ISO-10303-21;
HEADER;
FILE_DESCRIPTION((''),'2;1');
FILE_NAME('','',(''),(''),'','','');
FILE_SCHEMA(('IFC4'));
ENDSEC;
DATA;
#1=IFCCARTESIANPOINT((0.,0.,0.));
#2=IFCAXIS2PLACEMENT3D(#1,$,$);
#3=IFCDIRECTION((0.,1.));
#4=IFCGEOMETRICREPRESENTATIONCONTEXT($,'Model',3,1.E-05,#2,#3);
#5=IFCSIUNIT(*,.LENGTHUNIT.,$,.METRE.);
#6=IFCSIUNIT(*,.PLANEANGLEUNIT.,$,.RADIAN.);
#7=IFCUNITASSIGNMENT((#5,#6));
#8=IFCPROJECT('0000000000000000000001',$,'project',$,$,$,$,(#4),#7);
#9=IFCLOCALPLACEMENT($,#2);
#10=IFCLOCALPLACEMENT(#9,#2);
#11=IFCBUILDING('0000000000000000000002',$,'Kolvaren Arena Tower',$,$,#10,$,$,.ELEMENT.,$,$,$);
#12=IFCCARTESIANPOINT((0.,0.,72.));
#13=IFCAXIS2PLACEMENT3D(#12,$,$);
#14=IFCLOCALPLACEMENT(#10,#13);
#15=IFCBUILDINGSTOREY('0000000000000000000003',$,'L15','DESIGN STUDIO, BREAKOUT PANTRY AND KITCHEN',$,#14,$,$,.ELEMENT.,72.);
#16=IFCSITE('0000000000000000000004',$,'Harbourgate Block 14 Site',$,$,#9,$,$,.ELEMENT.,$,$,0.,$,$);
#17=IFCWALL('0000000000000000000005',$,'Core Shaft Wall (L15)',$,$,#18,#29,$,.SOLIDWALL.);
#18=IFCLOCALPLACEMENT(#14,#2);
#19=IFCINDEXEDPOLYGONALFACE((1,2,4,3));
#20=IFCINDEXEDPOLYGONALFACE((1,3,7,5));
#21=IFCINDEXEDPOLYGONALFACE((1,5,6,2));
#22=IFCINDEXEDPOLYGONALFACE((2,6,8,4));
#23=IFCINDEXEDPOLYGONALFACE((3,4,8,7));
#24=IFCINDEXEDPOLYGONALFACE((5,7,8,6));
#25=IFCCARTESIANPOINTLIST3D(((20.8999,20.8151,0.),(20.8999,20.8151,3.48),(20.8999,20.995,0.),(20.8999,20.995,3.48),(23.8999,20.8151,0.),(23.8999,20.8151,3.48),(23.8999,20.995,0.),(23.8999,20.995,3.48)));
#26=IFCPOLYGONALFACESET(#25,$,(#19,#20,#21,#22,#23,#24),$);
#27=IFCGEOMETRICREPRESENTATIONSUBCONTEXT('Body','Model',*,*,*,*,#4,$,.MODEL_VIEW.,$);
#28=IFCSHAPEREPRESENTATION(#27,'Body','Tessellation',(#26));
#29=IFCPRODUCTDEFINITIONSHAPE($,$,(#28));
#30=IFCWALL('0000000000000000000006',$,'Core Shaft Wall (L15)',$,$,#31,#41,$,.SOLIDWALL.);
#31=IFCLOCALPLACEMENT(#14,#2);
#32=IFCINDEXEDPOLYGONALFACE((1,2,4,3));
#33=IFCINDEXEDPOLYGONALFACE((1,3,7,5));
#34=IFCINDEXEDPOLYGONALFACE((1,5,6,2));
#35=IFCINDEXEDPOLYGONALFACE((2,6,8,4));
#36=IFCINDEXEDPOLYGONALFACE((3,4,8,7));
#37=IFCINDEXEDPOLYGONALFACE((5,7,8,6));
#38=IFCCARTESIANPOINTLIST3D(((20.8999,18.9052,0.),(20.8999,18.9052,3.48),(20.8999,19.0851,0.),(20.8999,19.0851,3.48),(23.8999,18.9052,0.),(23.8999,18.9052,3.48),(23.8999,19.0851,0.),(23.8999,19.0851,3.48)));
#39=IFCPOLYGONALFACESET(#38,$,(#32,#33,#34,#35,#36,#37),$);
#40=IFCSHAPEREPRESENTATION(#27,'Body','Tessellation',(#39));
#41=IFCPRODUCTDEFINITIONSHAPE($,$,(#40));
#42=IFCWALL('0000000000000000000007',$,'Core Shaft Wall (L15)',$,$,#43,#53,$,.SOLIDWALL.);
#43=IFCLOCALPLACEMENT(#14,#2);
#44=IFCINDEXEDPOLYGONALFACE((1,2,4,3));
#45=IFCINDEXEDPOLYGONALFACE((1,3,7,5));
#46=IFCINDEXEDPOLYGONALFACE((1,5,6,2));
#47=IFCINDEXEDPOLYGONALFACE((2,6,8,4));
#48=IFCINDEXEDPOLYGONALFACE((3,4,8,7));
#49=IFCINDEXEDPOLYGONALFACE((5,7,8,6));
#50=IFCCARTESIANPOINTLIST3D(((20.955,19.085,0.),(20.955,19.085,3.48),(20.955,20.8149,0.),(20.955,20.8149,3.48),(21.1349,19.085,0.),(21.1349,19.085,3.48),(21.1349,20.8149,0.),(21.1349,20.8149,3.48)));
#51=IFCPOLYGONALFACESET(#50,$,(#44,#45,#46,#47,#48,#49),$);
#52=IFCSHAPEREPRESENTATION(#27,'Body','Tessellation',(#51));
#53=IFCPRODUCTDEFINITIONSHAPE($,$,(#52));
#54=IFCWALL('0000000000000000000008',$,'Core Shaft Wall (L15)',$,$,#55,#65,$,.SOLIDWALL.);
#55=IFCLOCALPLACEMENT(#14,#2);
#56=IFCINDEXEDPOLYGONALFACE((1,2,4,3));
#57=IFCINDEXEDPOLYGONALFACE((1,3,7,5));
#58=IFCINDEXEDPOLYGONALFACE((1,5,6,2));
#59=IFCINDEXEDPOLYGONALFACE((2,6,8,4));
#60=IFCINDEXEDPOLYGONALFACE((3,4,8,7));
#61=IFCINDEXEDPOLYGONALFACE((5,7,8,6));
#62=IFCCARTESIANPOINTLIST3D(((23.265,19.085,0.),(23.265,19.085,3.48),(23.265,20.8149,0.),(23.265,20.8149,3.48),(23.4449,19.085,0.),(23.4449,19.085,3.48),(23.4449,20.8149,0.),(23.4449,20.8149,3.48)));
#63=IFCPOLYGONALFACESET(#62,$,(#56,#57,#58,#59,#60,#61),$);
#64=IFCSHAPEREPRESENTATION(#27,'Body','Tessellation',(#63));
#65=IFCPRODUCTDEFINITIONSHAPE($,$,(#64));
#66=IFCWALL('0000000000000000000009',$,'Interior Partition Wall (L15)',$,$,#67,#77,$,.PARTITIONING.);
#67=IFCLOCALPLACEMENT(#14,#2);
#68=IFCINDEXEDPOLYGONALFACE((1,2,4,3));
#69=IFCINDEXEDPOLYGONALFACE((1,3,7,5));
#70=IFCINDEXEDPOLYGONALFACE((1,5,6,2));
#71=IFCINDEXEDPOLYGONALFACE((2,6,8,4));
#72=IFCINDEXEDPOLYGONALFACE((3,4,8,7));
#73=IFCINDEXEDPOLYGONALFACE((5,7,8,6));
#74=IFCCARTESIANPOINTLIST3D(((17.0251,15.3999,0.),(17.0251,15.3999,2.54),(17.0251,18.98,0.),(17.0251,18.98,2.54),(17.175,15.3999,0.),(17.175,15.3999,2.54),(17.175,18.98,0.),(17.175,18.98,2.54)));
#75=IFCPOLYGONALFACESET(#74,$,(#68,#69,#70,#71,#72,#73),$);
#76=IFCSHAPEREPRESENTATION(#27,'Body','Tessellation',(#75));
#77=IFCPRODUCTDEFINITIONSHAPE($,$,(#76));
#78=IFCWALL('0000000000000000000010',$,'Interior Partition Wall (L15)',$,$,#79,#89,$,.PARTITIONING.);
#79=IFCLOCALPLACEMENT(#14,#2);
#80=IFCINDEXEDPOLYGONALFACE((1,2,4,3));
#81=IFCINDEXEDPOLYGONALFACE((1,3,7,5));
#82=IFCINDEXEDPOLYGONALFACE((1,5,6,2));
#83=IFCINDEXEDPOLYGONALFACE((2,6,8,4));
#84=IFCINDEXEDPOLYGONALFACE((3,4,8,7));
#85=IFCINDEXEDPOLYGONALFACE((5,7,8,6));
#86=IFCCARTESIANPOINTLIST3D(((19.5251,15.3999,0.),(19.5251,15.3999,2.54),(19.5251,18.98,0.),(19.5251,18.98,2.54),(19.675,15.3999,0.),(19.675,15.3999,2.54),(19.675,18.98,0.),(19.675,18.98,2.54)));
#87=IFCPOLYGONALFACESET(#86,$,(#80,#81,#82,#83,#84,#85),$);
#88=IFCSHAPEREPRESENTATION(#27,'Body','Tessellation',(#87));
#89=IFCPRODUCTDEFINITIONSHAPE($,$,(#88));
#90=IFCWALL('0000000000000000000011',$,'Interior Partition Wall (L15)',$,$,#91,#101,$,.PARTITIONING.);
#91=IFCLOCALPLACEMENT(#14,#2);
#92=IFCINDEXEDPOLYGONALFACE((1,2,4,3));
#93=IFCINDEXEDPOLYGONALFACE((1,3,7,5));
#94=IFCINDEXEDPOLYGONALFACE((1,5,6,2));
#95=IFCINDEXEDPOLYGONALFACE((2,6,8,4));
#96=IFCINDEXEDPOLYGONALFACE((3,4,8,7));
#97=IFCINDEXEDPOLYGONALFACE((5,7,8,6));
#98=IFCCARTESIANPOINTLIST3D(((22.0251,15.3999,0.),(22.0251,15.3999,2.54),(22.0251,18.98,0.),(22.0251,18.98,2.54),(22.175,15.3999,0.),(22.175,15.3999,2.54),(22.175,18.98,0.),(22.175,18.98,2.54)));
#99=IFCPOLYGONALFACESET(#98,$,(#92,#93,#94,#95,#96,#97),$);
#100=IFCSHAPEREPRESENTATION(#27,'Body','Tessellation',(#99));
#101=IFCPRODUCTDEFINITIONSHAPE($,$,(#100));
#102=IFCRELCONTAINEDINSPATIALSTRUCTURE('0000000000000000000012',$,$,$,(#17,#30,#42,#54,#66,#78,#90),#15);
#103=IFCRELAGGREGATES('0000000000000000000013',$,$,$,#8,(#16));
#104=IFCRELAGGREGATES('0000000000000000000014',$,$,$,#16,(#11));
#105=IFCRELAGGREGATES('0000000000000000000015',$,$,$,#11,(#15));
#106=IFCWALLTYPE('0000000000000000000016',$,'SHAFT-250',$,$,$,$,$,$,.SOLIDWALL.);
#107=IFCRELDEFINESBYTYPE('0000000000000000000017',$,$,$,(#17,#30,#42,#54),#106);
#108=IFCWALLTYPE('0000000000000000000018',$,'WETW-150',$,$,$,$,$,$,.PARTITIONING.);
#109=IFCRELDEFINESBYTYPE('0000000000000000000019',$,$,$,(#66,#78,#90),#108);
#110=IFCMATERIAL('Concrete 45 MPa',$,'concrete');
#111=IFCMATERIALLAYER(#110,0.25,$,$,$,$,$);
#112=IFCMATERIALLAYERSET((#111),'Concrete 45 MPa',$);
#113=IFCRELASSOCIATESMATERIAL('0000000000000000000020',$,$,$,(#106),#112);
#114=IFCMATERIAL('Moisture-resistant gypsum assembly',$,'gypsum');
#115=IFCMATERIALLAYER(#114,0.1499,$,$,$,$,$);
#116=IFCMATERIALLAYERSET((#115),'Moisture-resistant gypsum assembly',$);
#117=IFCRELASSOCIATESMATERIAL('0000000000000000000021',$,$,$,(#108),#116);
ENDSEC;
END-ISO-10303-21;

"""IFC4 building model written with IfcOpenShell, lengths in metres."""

from ifc_helpers import new_model, si_unit, direction, frame, frame_2d, origin, place, context, subcontext, project, spatial, rectangle, extrude, material, layer, layer_set, type_object, element, save


model = new_model("IFC4")

# Units and contexts
model_context = context("Model", 3, precision=1e-05, world=origin(), true_north=direction((0.0, 1.0)))
body_context = subcontext(model_context, "Body", "Model", "MODEL_VIEW")
ifc_project = project(units=[si_unit("LENGTHUNIT", "METRE"), si_unit("PLANEANGLEUNIT", "RADIAN")], contexts=[model_context])

# Site, building, storey
site_placement = place(None, origin())
site = spatial("IfcSite", under=ifc_project, at=site_placement, Name="Harbourgate Block 14 Site", CompositionType="ELEMENT", RefElevation=0.0)
building_placement = place(site_placement, origin())
building = spatial("IfcBuilding", under=site, at=building_placement, Name="Kolvaren Arena Tower", CompositionType="ELEMENT")
storey_placement = place(building_placement, frame((0.0, 0.0, 72.0)))
storey = spatial("IfcBuildingStorey", under=building, at=storey_placement, Name="L15", Description="DESIGN STUDIO, BREAKOUT PANTRY AND KITCHEN", CompositionType="ELEMENT", Elevation=72.0)

# Walls
ifc_material_1 = material(Name="Concrete 45 MPa", Category="concrete")
ifc_layer_1 = layer(ifc_material_1, 0.25)
ifc_layer_set_1 = layer_set([ifc_layer_1], Name="Concrete 45 MPa")
wall_type_1 = type_object("IfcWallType", Name="SHAFT-250", PredefinedType="SOLIDWALL", material=ifc_layer_set_1)
for number, where, z_axis, x_axis, name in (
    (1, (20.8999, 20.905, 0.0), (0.0, 0.0, 1.0), (1.0, 0.0, 0.0), "Core Shaft Wall (L15)"),
    (2, (20.8999, 18.9951, 0.0), (0.0, 0.0, 1.0), (1.0, 0.0, 0.0), "Core Shaft Wall (L15)"),
):
    element("IfcWall", number, at=place(storey_placement, frame(where, z_axis=z_axis, x_axis=x_axis)), inside=storey, type_object=wall_type_1, Name=name, PredefinedType="SOLIDWALL", context=body_context, shape_type="SweptSolid", body=[
        extrude(rectangle(XDim=3.0, YDim=0.1799, at=frame_2d((1.5, 0.0))), origin(), (0.0, 0.0, 1.0), 3.48),
    ])
for number, where, z_axis, x_axis, name in (
    (3, (21.0449, 19.085, 0.0), (0.0, 0.0, 1.0), (0.0, 1.0, 0.0), "Core Shaft Wall (L15)"),
    (4, (23.355, 19.085, 0.0), (0.0, 0.0, 1.0), (0.0, 1.0, 0.0), "Core Shaft Wall (L15)"),
):
    element("IfcWall", number, at=place(storey_placement, frame(where, z_axis=z_axis, x_axis=x_axis)), inside=storey, type_object=wall_type_1, Name=name, PredefinedType="SOLIDWALL", context=body_context, shape_type="SweptSolid", body=[
        extrude(rectangle(XDim=1.73, YDim=0.1799, at=frame_2d((0.865, 0.0))), origin(), (0.0, 0.0, 1.0), 3.48),
    ])
ifc_material_2 = material(Name="Moisture-resistant gypsum assembly", Category="gypsum")
ifc_layer_2 = layer(ifc_material_2, 0.1499)
ifc_layer_set_2 = layer_set([ifc_layer_2], Name="Moisture-resistant gypsum assembly")
wall_type_2 = type_object("IfcWallType", Name="WETW-150", PredefinedType="PARTITIONING", material=ifc_layer_set_2)
for number, where, z_axis, x_axis, name in (
    (5, (17.1001, 15.3999, 0.0), (0.0, 0.0, 1.0), (0.0, 1.0, 0.0), "Interior Partition Wall (L15)"),
    (6, (19.6001, 15.3999, 0.0), (0.0, 0.0, 1.0), (0.0, 1.0, 0.0), "Interior Partition Wall (L15)"),
    (7, (22.1001, 15.3999, 0.0), (0.0, 0.0, 1.0), (0.0, 1.0, 0.0), "Interior Partition Wall (L15)"),
):
    element("IfcWall", number, at=place(storey_placement, frame(where, z_axis=z_axis, x_axis=x_axis)), inside=storey, type_object=wall_type_2, Name=name, PredefinedType="PARTITIONING", context=body_context, shape_type="SweptSolid", body=[
        extrude(rectangle(XDim=3.5801, YDim=0.1499, at=frame_2d((1.79, 0.0))), origin(), (0.0, 0.0, 1.0), 2.54),
    ])

save(model, "model.ifc")
